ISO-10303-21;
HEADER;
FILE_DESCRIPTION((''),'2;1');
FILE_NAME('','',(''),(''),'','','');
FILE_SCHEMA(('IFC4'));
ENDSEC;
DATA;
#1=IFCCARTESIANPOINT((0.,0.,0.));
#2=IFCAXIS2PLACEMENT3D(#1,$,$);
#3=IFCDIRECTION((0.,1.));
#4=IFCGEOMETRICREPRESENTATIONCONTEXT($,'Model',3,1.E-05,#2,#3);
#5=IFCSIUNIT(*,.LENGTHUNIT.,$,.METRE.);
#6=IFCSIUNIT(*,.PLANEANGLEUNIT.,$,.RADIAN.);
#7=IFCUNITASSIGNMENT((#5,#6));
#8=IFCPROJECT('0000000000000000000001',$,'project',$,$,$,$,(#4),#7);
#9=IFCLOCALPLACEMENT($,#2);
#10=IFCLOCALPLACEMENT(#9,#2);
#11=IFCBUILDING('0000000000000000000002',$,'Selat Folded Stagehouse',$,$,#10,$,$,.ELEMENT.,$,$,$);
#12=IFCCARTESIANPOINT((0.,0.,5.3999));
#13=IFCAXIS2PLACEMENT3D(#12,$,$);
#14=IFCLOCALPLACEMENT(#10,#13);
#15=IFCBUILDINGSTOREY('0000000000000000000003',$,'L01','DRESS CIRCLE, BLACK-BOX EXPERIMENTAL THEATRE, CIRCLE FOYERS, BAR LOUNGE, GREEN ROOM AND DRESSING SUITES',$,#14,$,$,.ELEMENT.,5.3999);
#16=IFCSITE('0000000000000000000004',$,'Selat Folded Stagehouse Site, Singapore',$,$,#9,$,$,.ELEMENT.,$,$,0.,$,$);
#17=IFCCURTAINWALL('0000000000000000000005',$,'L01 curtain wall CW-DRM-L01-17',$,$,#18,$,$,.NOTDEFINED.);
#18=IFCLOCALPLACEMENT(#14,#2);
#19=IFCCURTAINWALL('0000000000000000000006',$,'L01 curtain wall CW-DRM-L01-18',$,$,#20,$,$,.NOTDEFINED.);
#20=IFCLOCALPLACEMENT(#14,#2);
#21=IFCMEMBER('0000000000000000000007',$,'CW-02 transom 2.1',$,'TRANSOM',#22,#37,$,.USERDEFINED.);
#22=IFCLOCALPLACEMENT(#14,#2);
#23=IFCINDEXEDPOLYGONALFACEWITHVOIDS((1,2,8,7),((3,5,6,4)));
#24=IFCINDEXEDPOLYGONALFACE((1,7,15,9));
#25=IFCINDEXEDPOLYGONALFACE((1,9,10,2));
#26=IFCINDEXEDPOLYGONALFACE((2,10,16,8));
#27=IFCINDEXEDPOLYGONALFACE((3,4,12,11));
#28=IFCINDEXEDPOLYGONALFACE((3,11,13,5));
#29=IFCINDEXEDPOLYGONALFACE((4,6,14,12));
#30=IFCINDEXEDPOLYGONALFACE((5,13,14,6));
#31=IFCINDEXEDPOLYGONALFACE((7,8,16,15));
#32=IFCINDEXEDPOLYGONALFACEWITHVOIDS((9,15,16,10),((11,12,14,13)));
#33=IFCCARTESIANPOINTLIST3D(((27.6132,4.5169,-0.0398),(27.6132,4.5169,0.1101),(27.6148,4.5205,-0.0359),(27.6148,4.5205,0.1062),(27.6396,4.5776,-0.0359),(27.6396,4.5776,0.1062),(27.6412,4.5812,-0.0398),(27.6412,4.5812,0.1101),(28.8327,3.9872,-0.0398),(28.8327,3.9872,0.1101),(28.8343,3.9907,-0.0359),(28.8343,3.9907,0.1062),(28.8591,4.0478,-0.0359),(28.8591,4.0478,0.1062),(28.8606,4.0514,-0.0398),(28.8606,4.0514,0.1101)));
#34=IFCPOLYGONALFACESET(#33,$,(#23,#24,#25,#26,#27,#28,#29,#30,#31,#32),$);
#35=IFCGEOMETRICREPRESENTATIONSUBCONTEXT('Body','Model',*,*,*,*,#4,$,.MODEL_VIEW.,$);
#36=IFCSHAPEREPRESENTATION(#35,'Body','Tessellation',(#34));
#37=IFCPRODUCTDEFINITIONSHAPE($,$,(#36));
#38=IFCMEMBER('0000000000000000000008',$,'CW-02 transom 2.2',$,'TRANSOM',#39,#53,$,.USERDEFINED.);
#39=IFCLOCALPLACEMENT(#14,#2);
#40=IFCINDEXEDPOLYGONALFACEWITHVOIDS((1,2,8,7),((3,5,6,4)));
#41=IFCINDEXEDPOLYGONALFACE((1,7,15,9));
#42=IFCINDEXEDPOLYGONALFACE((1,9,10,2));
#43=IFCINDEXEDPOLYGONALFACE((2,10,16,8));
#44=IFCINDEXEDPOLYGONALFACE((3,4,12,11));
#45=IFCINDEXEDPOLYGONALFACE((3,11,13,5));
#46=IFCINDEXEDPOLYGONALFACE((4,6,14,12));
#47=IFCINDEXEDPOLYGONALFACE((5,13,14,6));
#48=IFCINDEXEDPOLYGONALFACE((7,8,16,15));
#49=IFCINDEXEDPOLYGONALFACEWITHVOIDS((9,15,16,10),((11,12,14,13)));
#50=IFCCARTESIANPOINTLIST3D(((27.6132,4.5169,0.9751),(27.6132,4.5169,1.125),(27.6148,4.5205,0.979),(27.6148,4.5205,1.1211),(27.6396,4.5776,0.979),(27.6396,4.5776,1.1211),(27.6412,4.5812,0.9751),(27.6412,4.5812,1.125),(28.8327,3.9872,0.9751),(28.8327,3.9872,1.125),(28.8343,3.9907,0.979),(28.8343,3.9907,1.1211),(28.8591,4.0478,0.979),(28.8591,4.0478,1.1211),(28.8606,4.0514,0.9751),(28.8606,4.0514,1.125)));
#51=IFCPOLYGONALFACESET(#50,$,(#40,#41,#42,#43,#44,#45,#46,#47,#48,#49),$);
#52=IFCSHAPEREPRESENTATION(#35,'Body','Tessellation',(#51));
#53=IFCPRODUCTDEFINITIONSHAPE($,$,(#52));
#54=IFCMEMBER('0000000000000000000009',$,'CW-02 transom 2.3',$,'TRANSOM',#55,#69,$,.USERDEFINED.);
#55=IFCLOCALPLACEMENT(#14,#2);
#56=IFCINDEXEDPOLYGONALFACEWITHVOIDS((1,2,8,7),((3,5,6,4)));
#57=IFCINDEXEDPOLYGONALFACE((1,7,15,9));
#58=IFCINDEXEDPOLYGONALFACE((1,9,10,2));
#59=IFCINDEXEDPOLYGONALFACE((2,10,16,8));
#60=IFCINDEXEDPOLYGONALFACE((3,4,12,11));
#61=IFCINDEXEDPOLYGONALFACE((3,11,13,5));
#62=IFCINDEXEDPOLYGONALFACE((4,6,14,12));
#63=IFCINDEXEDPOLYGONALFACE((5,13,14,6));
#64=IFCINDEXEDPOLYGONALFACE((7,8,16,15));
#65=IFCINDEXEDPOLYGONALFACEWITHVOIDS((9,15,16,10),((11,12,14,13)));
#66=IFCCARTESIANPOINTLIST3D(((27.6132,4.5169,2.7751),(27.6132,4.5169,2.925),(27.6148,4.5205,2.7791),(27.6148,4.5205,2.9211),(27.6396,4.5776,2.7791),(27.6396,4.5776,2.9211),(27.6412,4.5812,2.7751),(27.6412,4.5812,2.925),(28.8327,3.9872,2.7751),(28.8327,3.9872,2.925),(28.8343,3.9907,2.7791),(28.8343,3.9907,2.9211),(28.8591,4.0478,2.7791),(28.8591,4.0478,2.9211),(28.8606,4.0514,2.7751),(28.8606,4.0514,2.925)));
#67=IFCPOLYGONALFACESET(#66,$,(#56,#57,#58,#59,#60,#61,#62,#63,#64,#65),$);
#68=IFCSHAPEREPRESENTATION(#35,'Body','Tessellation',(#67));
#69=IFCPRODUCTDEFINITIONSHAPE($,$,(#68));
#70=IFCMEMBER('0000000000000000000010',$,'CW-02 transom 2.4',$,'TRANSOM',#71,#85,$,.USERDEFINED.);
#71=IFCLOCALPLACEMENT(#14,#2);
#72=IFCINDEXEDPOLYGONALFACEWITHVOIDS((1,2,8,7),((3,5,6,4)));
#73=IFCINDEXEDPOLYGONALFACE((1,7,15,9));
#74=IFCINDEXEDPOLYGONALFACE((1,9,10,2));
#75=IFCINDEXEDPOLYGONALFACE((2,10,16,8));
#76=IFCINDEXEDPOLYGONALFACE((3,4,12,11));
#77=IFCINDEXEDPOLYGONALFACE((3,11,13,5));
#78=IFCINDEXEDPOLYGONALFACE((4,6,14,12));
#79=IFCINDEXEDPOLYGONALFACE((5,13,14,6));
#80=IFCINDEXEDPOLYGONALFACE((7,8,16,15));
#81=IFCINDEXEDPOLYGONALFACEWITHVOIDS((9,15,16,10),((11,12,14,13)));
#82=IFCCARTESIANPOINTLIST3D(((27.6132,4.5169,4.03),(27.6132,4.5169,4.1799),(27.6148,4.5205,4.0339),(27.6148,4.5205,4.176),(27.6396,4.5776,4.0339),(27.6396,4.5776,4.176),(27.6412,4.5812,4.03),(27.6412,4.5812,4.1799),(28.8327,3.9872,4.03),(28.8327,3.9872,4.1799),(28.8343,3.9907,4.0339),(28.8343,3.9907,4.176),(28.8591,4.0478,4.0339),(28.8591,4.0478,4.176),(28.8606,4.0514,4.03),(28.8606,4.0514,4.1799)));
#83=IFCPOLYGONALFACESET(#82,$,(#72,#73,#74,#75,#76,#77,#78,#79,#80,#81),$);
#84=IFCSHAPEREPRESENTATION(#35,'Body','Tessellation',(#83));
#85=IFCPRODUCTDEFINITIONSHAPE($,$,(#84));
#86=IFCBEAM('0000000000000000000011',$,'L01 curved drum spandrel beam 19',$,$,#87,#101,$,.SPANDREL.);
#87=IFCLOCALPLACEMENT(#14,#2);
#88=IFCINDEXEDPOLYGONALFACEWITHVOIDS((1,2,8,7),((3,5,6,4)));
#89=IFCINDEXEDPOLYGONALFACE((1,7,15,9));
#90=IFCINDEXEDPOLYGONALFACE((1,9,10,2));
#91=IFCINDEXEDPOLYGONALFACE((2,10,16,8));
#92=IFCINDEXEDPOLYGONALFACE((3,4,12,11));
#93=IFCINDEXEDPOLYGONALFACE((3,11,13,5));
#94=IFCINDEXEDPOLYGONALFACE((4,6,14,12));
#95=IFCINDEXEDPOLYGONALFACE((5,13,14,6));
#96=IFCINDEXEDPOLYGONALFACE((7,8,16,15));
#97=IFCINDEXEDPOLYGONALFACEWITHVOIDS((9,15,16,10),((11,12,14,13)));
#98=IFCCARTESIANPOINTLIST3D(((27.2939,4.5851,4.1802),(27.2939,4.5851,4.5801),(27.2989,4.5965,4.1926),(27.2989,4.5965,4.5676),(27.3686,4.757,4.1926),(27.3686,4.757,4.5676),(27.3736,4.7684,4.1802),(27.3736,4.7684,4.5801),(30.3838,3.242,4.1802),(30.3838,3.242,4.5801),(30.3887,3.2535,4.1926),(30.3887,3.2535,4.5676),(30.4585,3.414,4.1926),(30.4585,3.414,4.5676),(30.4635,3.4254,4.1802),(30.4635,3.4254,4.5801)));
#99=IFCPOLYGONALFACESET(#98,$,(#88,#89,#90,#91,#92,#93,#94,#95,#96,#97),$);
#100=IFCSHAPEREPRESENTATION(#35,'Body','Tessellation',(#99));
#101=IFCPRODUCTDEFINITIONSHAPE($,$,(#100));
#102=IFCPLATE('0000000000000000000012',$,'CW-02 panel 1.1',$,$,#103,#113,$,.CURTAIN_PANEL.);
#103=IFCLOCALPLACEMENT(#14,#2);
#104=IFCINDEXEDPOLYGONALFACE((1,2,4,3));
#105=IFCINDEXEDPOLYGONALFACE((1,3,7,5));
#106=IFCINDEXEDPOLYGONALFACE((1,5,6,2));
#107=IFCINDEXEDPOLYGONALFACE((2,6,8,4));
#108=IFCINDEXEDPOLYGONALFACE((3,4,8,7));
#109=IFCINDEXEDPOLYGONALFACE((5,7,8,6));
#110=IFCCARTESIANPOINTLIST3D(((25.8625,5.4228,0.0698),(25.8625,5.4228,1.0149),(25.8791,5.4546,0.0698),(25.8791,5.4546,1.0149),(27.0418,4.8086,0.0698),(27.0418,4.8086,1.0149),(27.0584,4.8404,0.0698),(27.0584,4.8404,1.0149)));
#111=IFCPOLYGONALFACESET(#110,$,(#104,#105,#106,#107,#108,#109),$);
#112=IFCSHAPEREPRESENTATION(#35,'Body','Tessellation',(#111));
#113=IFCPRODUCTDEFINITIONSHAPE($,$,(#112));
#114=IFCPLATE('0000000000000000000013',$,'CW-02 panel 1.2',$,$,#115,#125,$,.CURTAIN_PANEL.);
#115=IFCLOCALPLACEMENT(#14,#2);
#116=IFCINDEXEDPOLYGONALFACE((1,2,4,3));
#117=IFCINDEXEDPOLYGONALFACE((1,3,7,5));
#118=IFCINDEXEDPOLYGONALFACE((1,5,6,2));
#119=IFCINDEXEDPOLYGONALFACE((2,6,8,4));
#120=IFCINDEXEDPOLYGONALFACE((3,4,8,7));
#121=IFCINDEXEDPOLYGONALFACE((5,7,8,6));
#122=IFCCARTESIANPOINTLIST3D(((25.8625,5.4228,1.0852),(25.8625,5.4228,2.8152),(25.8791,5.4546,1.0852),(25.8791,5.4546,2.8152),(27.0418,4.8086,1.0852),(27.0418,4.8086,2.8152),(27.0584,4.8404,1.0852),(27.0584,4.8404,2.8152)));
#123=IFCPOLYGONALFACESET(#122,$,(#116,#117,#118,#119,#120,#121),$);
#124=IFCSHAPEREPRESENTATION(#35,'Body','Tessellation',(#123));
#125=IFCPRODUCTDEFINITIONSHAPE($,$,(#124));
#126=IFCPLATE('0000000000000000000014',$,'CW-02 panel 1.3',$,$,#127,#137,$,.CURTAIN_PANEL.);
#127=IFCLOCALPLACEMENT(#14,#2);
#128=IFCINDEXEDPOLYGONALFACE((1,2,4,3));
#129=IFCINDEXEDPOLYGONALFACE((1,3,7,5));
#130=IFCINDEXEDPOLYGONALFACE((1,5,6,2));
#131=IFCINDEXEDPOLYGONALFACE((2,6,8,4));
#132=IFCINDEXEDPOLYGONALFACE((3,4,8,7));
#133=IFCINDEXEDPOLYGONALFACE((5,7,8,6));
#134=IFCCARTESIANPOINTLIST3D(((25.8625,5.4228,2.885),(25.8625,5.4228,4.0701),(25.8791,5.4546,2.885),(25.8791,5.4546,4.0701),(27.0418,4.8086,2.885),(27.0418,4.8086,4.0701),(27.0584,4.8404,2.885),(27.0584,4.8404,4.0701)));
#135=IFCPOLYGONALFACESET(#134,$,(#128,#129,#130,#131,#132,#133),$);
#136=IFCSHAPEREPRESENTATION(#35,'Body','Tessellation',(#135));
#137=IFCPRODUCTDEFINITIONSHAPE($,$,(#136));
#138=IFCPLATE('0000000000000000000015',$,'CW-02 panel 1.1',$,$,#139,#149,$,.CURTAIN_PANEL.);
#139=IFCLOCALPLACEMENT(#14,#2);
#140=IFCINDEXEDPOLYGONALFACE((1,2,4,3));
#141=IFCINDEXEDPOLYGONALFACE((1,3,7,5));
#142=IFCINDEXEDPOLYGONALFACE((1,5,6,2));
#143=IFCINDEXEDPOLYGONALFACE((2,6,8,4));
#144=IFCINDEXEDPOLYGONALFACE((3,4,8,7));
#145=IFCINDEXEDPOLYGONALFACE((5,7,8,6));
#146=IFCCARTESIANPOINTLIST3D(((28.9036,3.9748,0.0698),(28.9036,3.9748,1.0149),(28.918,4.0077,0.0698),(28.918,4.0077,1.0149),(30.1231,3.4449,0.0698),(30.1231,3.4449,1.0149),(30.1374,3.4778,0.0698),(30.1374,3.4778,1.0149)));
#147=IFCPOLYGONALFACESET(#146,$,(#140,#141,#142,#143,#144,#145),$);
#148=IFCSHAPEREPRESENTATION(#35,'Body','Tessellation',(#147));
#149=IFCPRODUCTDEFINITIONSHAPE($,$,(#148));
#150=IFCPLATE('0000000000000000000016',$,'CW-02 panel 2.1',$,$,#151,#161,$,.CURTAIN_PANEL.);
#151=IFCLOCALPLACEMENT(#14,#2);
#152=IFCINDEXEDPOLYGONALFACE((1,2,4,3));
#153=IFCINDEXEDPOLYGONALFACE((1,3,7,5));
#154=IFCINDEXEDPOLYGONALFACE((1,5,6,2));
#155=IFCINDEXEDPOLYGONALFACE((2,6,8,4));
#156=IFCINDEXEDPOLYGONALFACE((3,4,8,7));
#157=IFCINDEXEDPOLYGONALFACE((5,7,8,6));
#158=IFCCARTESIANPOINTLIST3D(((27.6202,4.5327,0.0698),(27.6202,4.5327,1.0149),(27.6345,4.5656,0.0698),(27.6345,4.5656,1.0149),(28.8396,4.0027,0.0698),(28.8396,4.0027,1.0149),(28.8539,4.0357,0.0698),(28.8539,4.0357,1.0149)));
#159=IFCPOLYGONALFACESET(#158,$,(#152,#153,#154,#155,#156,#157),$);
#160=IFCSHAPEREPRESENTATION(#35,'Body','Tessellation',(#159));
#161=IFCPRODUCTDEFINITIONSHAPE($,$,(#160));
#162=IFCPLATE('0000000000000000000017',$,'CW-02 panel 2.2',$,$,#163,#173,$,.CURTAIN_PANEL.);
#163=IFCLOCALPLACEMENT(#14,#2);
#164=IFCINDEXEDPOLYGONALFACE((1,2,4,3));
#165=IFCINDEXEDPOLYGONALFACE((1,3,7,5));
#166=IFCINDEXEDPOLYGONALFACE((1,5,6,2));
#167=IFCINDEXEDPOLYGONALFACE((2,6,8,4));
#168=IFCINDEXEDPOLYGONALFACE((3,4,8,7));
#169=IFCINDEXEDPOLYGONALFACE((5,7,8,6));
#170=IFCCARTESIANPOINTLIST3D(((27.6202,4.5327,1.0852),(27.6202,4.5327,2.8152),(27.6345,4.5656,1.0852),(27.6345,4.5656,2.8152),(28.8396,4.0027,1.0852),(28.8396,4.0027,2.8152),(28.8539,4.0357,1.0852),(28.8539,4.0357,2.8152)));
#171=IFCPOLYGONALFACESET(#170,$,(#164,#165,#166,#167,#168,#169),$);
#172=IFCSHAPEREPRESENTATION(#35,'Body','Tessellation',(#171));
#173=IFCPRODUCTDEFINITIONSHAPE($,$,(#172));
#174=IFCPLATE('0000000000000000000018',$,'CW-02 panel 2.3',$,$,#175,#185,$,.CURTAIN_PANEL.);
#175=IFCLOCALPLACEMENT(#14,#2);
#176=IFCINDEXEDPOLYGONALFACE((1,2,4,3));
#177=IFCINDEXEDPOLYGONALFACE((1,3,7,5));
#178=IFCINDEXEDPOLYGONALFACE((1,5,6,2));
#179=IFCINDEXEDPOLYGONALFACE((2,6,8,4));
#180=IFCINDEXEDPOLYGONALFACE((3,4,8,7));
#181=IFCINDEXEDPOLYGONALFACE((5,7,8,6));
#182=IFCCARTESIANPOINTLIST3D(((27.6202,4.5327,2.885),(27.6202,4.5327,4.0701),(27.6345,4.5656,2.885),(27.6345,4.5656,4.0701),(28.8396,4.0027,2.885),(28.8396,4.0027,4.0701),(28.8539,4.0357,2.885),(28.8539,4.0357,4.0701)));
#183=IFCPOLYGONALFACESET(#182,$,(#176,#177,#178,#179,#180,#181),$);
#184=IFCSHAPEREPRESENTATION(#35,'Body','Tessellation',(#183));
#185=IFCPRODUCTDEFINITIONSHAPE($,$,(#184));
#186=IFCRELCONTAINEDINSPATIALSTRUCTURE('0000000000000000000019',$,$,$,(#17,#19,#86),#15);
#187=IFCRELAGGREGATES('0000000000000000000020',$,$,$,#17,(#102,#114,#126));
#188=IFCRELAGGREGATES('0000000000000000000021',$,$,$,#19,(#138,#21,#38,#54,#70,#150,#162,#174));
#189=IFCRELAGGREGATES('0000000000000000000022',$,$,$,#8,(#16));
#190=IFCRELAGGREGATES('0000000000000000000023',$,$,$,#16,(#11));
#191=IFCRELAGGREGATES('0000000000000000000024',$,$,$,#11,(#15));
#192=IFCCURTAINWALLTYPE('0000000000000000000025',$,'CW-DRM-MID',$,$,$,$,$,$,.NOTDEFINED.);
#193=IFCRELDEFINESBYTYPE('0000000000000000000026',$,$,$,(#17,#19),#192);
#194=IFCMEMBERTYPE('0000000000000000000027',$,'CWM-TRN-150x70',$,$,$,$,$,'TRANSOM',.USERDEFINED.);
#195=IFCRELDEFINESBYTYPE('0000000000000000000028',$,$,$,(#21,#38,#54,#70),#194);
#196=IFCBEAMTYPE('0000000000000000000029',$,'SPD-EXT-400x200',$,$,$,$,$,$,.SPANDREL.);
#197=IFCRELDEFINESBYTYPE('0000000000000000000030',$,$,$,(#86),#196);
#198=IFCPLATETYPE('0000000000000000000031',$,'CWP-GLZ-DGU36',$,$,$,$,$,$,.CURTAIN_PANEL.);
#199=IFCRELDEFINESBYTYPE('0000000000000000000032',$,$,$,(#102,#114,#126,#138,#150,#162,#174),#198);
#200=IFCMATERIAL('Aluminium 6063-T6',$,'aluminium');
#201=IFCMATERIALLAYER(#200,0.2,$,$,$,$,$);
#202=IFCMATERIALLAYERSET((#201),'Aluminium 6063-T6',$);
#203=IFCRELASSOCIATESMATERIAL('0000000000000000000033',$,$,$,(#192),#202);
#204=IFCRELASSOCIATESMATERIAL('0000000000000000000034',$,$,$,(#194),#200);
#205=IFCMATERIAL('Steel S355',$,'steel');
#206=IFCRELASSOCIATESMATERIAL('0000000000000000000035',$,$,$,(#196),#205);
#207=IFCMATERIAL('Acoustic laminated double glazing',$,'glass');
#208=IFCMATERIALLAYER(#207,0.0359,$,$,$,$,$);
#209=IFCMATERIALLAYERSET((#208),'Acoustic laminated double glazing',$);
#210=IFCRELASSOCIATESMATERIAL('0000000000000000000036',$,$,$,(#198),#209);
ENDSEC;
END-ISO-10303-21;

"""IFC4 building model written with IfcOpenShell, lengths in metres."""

from ifc_helpers import new_model, si_unit, direction, frame, origin, origin_2d, place, context, subcontext, project, spatial, rectangle, hollow_rectangle, extrude, material, layer, layer_set, material_profile, profile_set, type_object, element, aggregate, save


model = new_model("IFC4")

# Units and contexts
model_context = context("Model", 3, precision=1e-05, world=origin(), true_north=direction((0.0, 1.0)))
body_context = subcontext(model_context, "Body", "Model", "MODEL_VIEW")
ifc_project = project(units=[si_unit("LENGTHUNIT", "METRE"), si_unit("PLANEANGLEUNIT", "RADIAN")], contexts=[model_context])

# Site, building, storey
site_placement = place(None, origin())
site = spatial("IfcSite", under=ifc_project, at=site_placement, Name="Selat Folded Stagehouse Site, Singapore", CompositionType="ELEMENT", RefElevation=0.0)
building_placement = place(site_placement, origin())
building = spatial("IfcBuilding", under=site, at=building_placement, Name="Selat Folded Stagehouse", CompositionType="ELEMENT")
storey_placement = place(building_placement, frame((0.0, 0.0, 5.3999)))
storey = spatial("IfcBuildingStorey", under=building, at=storey_placement, Name="L01", Description="DRESS CIRCLE, BLACK-BOX EXPERIMENTAL THEATRE, CIRCLE FOYERS, BAR LOUNGE, GREEN ROOM AND DRESSING SUITES", CompositionType="ELEMENT", Elevation=5.3999)

# Shared definitions
ifc_material_1 = material(Name="Steel S355", Category="steel")

# Curtain wall
ifc_material_2 = material(Name="Aluminium 6063-T6", Category="aluminium")
ifc_layer_1 = layer(ifc_material_2, 0.2)
ifc_layer_set_1 = layer_set([ifc_layer_1], Name="Aluminium 6063-T6")
curtain_wall_type = type_object("IfcCurtainWallType", Name="CW-DRM-MID", PredefinedType="NOTDEFINED", material=ifc_layer_set_1)
curtain_wall_1_placement = place(storey_placement, origin())
curtain_wall_1 = element("IfcCurtainWall", 1, at=curtain_wall_1_placement, inside=storey, type_object=curtain_wall_type, Name="L01 curtain wall CW-DRM-L01-17", PredefinedType="NOTDEFINED")

# Curtain wall
curtain_wall_2_placement = place(storey_placement, origin())
curtain_wall_2 = element("IfcCurtainWall", 2, at=curtain_wall_2_placement, inside=storey, type_object=curtain_wall_type, Name="L01 curtain wall CW-DRM-L01-18", PredefinedType="NOTDEFINED")

# Members
ifc_material_profile_1 = material_profile(ifc_material_2, hollow_rectangle(XDim=0.0701, YDim=0.1499, WallThickness=0.0039, at=origin_2d()), Name="ALU 150x70x4.0")
ifc_profile_set_1 = profile_set([ifc_material_profile_1], Name="Aluminium 6063-T6")
member_type_1 = type_object("IfcMemberType", Name="CWM-TRN-150x70", ElementType="TRANSOM", PredefinedType="USERDEFINED", material=ifc_profile_set_1)
member_1_placement = place(storey_placement, frame((28.8467, 4.0193, 0.0352), z_axis=(-0.917187, 0.398458, 0.0), x_axis=(-0.398458, -0.917187, 0.0)))
member_1 = element("IfcMember", 3, at=member_1_placement, type_object=member_type_1, Name="CW-02 transom 2.1", ObjectType="TRANSOM", PredefinedType="USERDEFINED", context=body_context, shape_type="SweptSolid", body=[
    extrude(hollow_rectangle(XDim=0.0701, YDim=0.1499, WallThickness=0.0039, at=origin_2d()), origin(), (0.0, 0.0, 1.0), 1.3296),
])
member_2_placement = place(storey_placement, frame((28.8467, 4.0193, 1.05), z_axis=(-0.917187, 0.398458, 0.0), x_axis=(-0.398458, -0.917187, 0.0)))
member_2 = element("IfcMember", 4, at=member_2_placement, type_object=member_type_1, Name="CW-02 transom 2.2", ObjectType="TRANSOM", PredefinedType="USERDEFINED", context=body_context, shape_type="SweptSolid", body=[
    extrude(hollow_rectangle(XDim=0.0701, YDim=0.1499, WallThickness=0.0039, at=origin_2d()), origin(), (0.0, 0.0, 1.0), 1.3296),
])
member_3_placement = place(storey_placement, frame((28.8467, 4.0193, 2.8501), z_axis=(-0.917187, 0.398458, 0.0), x_axis=(-0.398458, -0.917187, 0.0)))
member_3 = element("IfcMember", 5, at=member_3_placement, type_object=member_type_1, Name="CW-02 transom 2.3", ObjectType="TRANSOM", PredefinedType="USERDEFINED", context=body_context, shape_type="SweptSolid", body=[
    extrude(hollow_rectangle(XDim=0.0701, YDim=0.1499, WallThickness=0.0039, at=origin_2d()), origin(), (0.0, 0.0, 1.0), 1.3296),
])
member_4_placement = place(storey_placement, frame((28.8467, 4.0193, 4.105), z_axis=(-0.917187, 0.398458, 0.0), x_axis=(-0.398458, -0.917187, 0.0)))
member_4 = element("IfcMember", 6, at=member_4_placement, type_object=member_type_1, Name="CW-02 transom 2.4", ObjectType="TRANSOM", PredefinedType="USERDEFINED", context=body_context, shape_type="SweptSolid", body=[
    extrude(hollow_rectangle(XDim=0.0701, YDim=0.1499, WallThickness=0.0039, at=origin_2d()), origin(), (0.0, 0.0, 1.0), 1.3296),
])

# Beam
ifc_material_profile_2 = material_profile(ifc_material_1, hollow_rectangle(XDim=0.2, YDim=0.3999, WallThickness=0.0125, at=origin_2d()), Name="RHS 400x200x12.5")
ifc_profile_set_2 = profile_set([ifc_material_profile_2], Name="Steel S355")
beam_type = type_object("IfcBeamType", Name="SPD-EXT-400x200", PredefinedType="SPANDREL", material=ifc_profile_set_2)
beam_placement = place(storey_placement, frame((27.3337, 4.6768, 4.3801), z_axis=(0.917113, -0.398628, 0.0), x_axis=(0.398628, 0.917113, 0.0)))
element("IfcBeam", 7, at=beam_placement, inside=storey, type_object=beam_type, Name="L01 curved drum spandrel beam 19", PredefinedType="SPANDREL", context=body_context, shape_type="SweptSolid", body=[
    extrude(hollow_rectangle(XDim=0.2, YDim=0.3999, WallThickness=0.0125, at=origin_2d()), origin(), (0.0, 0.0, 1.0), 3.3691),
])

# Plates
ifc_material_3 = material(Name="Acoustic laminated double glazing", Category="glass")
ifc_layer_2 = layer(ifc_material_3, 0.0359)
ifc_layer_set_2 = layer_set([ifc_layer_2], Name="Acoustic laminated double glazing")
plate_type = type_object("IfcPlateType", Name="CWP-GLZ-DGU36", PredefinedType="CURTAIN_PANEL", material=ifc_layer_set_2)
plate_1_placement = place(storey_placement, frame((26.4604, 5.1316, 0.0698), z_axis=(0.0, 0.0, 1.0), x_axis=(-0.886916, 0.461931, 0.0)))
plate_1 = element("IfcPlate", 8, at=plate_1_placement, type_object=plate_type, Name="CW-02 panel 1.1", PredefinedType="CURTAIN_PANEL", context=body_context, shape_type="SweptSolid", body=[
    extrude(rectangle(XDim=1.3296, YDim=0.0359, at=origin_2d()), origin(), (0.0, 0.0, 1.0), 0.9451),
])
plate_2_placement = place(storey_placement, frame((26.4604, 5.1316, 1.0852), z_axis=(0.0, 0.0, 1.0), x_axis=(-0.886916, 0.461931, 0.0)))
plate_2 = element("IfcPlate", 9, at=plate_2_placement, type_object=plate_type, Name="CW-02 panel 1.2", PredefinedType="CURTAIN_PANEL", context=body_context, shape_type="SweptSolid", body=[
    extrude(rectangle(XDim=1.3296, YDim=0.0359, at=origin_2d()), origin(), (0.0, 0.0, 1.0), 1.73),
])
plate_3_placement = place(storey_placement, frame((26.4604, 5.1316, 2.885), z_axis=(0.0, 0.0, 1.0), x_axis=(-0.886916, 0.461931, 0.0)))
plate_3 = element("IfcPlate", 10, at=plate_3_placement, type_object=plate_type, Name="CW-02 panel 1.3", PredefinedType="CURTAIN_PANEL", context=body_context, shape_type="SweptSolid", body=[
    extrude(rectangle(XDim=1.3296, YDim=0.0359, at=origin_2d()), origin(), (0.0, 0.0, 1.0), 1.1851),
])
aggregate(curtain_wall_1, [plate_1, plate_2, plate_3])
plate_4_placement = place(storey_placement, frame((29.5205, 3.7263, 0.0698), z_axis=(0.0, 0.0, 1.0), x_axis=(-0.917134, 0.39858, 0.0)))
plate_4 = element("IfcPlate", 11, at=plate_4_placement, type_object=plate_type, Name="CW-02 panel 1.1", PredefinedType="CURTAIN_PANEL", context=body_context, shape_type="SweptSolid", body=[
    extrude(rectangle(XDim=1.3296, YDim=0.0359, at=origin_2d()), origin(), (0.0, 0.0, 1.0), 0.9451),
])
plate_5_placement = place(storey_placement, frame((28.2371, 4.2842, 0.0698), z_axis=(0.0, 0.0, 1.0), x_axis=(-0.917134, 0.39858, 0.0)))
plate_5 = element("IfcPlate", 12, at=plate_5_placement, type_object=plate_type, Name="CW-02 panel 2.1", PredefinedType="CURTAIN_PANEL", context=body_context, shape_type="SweptSolid", body=[
    extrude(rectangle(XDim=1.3296, YDim=0.0359, at=origin_2d()), origin(), (0.0, 0.0, 1.0), 0.9451),
])
plate_6_placement = place(storey_placement, frame((28.2371, 4.2842, 1.0852), z_axis=(0.0, 0.0, 1.0), x_axis=(-0.917134, 0.39858, 0.0)))
plate_6 = element("IfcPlate", 13, at=plate_6_placement, type_object=plate_type, Name="CW-02 panel 2.2", PredefinedType="CURTAIN_PANEL", context=body_context, shape_type="SweptSolid", body=[
    extrude(rectangle(XDim=1.3296, YDim=0.0359, at=origin_2d()), origin(), (0.0, 0.0, 1.0), 1.73),
])
plate_7_placement = place(storey_placement, frame((28.2371, 4.2842, 2.885), z_axis=(0.0, 0.0, 1.0), x_axis=(-0.917134, 0.39858, 0.0)))
plate_7 = element("IfcPlate", 14, at=plate_7_placement, type_object=plate_type, Name="CW-02 panel 2.3", PredefinedType="CURTAIN_PANEL", context=body_context, shape_type="SweptSolid", body=[
    extrude(rectangle(XDim=1.3296, YDim=0.0359, at=origin_2d()), origin(), (0.0, 0.0, 1.0), 1.1851),
])
aggregate(curtain_wall_2, [plate_4, member_1, member_2, member_3, member_4, plate_5, plate_6, plate_7])

save(model, "model.ifc")
